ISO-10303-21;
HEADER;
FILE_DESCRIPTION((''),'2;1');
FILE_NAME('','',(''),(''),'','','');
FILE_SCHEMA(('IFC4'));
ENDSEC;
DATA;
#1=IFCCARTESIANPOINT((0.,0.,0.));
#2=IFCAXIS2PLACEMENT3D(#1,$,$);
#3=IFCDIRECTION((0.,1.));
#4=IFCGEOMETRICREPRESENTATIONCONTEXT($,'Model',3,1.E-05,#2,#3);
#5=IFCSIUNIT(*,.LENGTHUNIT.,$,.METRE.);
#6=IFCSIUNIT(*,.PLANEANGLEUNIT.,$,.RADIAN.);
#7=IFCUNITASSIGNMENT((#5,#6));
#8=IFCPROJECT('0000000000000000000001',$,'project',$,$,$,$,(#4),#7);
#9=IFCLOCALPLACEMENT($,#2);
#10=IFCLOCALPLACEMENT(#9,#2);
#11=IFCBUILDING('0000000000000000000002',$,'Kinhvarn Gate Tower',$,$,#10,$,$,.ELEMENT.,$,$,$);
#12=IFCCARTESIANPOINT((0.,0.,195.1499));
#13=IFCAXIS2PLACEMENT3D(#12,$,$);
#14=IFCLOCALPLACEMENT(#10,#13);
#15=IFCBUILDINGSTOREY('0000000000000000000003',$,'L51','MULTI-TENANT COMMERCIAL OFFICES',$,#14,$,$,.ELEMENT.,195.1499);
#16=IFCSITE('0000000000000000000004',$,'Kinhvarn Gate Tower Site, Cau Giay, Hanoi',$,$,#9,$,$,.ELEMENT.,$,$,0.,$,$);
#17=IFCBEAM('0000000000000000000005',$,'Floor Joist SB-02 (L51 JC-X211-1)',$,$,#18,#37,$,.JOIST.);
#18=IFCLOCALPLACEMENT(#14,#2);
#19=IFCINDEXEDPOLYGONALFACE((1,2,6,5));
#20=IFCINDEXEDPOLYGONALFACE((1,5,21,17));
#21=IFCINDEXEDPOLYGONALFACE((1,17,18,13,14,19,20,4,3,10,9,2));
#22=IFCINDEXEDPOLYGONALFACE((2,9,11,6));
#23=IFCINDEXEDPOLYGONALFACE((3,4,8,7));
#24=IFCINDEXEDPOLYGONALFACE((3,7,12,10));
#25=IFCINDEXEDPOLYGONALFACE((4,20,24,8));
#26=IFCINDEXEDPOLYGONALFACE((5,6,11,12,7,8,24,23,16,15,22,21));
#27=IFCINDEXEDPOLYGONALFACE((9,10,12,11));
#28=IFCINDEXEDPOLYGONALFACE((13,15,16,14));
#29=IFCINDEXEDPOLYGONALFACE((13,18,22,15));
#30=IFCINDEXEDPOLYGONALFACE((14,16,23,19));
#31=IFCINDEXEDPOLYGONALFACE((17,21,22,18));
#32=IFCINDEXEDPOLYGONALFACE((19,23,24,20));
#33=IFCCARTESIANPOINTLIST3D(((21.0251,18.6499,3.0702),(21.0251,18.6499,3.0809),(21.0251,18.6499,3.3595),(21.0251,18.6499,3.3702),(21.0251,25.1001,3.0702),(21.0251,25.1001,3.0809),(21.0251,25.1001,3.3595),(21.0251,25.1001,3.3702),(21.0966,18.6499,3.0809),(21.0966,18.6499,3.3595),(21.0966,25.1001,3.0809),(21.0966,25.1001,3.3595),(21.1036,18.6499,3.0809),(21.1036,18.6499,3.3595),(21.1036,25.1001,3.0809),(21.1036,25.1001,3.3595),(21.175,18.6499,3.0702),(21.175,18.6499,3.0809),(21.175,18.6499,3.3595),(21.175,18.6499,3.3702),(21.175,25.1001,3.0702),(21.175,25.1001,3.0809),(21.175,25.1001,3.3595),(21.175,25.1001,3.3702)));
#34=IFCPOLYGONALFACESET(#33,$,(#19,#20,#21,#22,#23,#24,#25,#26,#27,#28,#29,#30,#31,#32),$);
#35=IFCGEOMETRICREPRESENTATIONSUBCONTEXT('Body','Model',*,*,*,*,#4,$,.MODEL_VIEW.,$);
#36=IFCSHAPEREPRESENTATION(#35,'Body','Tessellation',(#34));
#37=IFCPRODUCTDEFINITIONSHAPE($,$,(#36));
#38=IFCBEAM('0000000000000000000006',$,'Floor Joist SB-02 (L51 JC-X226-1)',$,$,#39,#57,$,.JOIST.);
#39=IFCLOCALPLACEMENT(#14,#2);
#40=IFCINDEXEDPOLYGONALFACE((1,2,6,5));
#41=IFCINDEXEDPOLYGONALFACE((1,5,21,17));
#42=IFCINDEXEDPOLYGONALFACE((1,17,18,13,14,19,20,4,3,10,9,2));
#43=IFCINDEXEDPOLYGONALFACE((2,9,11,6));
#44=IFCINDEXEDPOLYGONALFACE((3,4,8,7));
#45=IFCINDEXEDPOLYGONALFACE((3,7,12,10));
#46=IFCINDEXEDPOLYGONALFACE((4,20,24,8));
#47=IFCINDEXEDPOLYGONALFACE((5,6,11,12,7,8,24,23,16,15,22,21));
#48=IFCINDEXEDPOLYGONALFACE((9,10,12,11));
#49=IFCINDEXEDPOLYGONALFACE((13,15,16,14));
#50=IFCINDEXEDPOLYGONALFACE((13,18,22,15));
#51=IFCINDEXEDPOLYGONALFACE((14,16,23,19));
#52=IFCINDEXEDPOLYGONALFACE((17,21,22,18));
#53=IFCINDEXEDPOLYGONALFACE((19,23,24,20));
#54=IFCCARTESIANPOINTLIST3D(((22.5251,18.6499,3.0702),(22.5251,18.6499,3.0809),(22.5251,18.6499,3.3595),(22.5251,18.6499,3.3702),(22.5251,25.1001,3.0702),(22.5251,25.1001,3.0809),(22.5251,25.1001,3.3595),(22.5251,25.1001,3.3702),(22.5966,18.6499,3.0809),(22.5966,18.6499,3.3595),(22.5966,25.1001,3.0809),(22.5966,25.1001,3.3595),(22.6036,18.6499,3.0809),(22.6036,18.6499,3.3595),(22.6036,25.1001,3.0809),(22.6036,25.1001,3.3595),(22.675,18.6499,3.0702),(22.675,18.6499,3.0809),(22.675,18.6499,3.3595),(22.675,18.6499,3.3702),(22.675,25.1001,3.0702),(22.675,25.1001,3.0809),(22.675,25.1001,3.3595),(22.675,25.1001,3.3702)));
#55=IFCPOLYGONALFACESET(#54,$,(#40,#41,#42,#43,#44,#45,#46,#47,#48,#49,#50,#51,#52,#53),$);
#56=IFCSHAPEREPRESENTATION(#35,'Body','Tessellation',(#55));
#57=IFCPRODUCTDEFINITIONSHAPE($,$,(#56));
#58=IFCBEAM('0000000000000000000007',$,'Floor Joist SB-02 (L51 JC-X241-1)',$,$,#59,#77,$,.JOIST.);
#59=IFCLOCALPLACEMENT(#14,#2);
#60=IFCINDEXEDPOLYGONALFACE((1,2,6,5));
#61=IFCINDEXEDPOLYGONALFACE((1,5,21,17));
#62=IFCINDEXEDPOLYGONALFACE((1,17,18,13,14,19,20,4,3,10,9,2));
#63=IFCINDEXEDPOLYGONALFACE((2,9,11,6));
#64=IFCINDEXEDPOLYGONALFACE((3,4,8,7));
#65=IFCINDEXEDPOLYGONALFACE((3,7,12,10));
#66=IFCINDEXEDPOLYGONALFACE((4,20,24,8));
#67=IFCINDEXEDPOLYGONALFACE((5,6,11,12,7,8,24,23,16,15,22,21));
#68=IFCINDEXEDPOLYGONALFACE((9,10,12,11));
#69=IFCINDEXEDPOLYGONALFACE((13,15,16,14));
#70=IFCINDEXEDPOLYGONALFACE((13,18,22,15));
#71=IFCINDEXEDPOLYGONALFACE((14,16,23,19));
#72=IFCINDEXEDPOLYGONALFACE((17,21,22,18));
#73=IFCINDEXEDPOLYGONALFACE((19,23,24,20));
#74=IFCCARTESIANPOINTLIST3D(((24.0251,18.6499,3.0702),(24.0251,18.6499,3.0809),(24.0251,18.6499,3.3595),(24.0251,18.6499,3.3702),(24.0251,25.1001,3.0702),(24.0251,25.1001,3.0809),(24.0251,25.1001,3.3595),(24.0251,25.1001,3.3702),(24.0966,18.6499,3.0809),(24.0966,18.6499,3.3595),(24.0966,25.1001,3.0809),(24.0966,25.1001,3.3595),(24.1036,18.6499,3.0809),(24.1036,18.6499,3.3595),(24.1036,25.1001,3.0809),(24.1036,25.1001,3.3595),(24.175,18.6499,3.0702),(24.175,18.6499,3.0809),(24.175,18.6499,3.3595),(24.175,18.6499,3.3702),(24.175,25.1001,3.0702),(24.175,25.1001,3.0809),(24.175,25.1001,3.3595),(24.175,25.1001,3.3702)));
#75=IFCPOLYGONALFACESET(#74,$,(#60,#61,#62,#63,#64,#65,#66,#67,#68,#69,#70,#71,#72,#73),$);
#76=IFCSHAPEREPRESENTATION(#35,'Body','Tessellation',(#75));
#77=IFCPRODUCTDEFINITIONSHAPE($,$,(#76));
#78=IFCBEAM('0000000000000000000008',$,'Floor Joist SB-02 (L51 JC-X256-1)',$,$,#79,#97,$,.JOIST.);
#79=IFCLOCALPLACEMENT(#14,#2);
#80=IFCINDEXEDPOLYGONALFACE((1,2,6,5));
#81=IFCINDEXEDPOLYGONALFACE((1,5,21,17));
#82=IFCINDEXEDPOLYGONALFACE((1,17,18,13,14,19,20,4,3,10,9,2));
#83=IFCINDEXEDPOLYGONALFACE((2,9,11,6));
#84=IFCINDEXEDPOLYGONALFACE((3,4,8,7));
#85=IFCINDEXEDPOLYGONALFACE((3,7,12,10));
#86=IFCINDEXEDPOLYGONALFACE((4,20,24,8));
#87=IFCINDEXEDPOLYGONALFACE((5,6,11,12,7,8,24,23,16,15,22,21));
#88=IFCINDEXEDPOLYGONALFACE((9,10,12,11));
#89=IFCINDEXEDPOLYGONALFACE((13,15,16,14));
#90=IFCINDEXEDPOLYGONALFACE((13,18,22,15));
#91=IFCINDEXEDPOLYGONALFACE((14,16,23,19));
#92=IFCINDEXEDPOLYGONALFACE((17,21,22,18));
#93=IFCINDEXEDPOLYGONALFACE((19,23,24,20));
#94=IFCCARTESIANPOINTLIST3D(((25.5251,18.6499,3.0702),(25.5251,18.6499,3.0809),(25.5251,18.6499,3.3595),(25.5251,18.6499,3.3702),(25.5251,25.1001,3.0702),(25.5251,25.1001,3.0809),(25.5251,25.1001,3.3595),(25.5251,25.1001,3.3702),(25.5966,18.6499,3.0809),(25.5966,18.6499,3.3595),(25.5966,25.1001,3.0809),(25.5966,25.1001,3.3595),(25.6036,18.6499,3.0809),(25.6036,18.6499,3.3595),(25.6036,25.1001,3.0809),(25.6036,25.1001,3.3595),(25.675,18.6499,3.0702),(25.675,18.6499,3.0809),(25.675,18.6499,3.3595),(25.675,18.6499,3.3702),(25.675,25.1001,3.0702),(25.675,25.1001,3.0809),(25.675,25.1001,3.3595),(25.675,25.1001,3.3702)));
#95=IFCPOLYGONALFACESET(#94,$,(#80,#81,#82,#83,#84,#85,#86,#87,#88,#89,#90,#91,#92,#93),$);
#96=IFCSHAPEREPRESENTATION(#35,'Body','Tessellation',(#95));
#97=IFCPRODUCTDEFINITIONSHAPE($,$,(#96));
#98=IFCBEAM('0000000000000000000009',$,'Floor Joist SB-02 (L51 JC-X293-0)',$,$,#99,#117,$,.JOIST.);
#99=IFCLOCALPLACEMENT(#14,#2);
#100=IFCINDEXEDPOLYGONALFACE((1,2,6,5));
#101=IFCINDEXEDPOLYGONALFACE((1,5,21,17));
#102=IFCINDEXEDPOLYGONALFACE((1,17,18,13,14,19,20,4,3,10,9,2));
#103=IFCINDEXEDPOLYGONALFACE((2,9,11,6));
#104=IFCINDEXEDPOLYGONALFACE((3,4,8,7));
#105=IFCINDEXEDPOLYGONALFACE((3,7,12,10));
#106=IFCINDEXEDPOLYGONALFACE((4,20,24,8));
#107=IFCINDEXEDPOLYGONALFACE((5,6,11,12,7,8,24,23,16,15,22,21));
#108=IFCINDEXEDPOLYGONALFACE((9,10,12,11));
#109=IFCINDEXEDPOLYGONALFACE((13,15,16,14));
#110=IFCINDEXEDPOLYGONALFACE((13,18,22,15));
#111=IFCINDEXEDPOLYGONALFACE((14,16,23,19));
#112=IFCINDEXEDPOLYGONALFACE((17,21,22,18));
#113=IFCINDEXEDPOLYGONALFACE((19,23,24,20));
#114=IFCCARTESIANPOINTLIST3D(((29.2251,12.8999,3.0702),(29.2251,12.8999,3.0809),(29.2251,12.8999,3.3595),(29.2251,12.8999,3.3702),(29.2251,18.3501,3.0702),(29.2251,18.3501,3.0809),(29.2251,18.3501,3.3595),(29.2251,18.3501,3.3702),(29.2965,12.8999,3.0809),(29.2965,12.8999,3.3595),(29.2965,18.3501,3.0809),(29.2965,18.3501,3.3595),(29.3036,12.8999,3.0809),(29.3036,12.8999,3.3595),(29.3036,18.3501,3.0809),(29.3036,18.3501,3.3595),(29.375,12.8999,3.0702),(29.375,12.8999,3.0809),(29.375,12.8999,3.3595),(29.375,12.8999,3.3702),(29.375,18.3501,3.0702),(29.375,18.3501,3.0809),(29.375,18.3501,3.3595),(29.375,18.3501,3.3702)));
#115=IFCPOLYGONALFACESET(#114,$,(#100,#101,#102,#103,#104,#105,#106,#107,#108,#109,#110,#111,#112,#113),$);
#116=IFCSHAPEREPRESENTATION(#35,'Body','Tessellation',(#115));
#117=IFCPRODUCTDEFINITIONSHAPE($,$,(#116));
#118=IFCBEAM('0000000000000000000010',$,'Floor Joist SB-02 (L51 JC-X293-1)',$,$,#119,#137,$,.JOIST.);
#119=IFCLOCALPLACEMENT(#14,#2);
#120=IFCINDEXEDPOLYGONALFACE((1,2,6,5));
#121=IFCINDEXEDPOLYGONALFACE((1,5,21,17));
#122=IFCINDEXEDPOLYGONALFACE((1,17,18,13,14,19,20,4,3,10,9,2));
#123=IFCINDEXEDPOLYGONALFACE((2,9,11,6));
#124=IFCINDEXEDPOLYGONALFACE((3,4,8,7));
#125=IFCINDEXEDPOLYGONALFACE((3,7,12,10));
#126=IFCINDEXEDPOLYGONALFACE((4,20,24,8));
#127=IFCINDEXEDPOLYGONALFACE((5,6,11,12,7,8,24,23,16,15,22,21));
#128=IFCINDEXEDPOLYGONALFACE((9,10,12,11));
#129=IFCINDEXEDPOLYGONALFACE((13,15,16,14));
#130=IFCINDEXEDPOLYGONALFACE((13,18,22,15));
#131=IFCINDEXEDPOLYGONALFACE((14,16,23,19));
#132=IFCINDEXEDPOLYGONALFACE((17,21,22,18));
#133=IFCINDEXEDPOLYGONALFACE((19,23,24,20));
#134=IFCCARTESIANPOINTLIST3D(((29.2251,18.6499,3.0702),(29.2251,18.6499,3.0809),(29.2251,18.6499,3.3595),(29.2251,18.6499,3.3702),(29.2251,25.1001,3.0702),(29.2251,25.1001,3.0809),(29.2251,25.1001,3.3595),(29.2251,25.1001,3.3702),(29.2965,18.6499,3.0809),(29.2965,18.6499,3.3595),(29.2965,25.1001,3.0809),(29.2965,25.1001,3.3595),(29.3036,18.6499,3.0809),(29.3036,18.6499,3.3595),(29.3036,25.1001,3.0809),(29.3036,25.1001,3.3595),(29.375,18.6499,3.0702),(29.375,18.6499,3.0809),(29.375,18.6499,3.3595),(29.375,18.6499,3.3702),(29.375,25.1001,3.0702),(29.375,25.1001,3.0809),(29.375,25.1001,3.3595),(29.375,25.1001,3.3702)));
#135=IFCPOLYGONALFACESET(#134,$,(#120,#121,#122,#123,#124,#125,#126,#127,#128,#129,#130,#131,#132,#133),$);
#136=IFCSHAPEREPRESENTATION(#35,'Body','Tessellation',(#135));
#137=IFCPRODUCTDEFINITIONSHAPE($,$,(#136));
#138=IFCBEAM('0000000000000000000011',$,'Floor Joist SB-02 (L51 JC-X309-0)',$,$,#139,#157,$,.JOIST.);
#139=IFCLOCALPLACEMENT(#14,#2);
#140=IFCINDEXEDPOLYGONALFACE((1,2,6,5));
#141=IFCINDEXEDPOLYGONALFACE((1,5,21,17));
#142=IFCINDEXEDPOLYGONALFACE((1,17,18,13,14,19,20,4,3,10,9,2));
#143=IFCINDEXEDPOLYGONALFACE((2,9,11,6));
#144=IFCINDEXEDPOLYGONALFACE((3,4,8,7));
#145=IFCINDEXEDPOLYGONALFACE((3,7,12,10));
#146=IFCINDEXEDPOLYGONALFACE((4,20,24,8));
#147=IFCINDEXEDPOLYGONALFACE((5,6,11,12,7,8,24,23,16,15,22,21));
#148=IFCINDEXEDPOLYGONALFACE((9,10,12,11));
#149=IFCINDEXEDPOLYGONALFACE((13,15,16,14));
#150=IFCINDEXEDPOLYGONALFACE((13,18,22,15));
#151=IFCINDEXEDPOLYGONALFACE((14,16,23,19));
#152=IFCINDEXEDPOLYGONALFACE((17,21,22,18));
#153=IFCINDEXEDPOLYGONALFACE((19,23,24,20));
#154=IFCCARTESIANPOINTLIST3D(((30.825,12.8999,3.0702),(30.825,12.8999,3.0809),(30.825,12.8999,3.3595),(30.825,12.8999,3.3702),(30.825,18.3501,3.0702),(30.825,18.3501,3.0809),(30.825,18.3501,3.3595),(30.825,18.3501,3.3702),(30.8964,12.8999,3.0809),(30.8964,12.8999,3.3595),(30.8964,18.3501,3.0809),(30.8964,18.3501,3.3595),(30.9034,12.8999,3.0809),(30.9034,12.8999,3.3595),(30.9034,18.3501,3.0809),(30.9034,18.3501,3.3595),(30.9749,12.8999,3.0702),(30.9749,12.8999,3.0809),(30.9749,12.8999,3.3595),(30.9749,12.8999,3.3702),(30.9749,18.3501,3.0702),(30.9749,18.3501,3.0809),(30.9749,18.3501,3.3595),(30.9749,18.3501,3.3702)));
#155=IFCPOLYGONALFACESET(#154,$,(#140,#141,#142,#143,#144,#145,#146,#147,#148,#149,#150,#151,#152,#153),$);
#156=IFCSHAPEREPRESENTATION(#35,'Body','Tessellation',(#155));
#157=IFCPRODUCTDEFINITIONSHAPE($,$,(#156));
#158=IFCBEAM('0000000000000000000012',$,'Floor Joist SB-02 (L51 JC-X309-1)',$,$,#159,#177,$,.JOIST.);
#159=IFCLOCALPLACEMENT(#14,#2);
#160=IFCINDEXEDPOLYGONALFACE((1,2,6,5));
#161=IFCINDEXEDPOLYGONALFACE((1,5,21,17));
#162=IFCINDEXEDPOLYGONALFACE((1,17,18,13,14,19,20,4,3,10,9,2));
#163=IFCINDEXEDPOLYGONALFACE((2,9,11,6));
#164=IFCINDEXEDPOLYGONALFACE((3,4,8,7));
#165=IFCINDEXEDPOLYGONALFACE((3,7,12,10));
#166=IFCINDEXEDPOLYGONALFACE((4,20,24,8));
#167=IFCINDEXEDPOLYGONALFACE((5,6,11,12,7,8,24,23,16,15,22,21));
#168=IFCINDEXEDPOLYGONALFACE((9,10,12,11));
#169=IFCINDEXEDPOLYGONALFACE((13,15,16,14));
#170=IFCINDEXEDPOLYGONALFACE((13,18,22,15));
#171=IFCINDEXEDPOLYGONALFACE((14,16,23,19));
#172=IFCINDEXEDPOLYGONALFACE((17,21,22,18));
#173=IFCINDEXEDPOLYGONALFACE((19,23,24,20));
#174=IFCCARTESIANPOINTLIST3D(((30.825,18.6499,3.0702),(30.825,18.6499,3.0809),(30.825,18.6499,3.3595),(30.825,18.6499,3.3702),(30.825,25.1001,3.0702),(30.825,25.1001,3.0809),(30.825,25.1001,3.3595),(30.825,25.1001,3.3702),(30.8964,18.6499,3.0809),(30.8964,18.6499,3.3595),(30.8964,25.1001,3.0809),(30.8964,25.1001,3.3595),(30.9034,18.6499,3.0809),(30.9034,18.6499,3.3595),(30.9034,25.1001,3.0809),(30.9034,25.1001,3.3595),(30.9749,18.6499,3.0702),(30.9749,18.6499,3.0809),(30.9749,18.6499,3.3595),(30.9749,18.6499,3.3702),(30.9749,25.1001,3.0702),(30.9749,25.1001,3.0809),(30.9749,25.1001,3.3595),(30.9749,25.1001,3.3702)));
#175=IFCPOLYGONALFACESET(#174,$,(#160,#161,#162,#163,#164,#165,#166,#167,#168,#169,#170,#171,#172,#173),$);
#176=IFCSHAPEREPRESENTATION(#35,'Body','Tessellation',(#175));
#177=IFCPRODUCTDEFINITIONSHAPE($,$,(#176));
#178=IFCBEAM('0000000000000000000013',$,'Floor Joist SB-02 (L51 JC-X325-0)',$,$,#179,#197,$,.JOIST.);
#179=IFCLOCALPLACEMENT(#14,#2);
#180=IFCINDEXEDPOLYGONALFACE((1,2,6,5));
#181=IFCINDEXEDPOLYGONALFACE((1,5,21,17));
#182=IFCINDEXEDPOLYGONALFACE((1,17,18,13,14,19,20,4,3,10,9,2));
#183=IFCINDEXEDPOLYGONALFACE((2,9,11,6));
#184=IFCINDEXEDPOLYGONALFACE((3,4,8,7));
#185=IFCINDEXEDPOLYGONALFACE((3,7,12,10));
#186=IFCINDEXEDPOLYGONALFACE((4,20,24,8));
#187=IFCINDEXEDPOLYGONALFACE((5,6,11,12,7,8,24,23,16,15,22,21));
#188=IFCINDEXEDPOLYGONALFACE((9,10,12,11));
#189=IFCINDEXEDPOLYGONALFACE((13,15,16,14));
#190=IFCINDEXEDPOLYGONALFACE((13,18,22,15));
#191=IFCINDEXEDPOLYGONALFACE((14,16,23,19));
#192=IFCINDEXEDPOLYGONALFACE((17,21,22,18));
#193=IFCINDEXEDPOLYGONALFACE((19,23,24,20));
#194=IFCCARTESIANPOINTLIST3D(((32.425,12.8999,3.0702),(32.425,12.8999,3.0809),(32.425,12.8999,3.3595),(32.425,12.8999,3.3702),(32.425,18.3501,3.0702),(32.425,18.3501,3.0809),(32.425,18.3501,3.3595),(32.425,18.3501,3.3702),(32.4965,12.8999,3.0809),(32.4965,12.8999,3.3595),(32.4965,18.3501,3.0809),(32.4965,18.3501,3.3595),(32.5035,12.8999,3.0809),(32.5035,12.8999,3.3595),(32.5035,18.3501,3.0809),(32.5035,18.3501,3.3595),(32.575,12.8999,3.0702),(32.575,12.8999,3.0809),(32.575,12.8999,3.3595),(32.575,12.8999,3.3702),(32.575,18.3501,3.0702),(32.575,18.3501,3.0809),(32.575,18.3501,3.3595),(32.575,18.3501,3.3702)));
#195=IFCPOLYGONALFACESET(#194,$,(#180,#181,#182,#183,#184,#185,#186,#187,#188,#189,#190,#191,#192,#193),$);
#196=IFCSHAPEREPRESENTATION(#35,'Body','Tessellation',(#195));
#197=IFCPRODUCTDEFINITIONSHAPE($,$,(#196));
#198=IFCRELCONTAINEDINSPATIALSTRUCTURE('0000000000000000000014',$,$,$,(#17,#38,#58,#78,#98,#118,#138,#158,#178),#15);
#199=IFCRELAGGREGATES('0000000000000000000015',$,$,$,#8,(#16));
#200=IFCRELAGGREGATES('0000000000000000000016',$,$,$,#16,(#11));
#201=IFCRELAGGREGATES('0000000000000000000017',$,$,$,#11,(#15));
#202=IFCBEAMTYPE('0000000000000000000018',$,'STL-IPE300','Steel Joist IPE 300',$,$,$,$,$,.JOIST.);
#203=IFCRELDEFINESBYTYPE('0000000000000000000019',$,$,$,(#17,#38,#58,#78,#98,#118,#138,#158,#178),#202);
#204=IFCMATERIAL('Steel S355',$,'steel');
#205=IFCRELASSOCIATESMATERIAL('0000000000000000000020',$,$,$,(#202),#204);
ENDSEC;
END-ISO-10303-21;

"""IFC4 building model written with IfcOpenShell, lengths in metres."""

from ifc_helpers import new_model, si_unit, direction, frame, origin, origin_2d, place, context, subcontext, project, spatial, i_section, extrude, material, material_profile, profile_set, type_object, element, save


model = new_model("IFC4")

# Units and contexts
model_context = context("Model", 3, precision=1e-05, world=origin(), true_north=direction((0.0, 1.0)))
body_context = subcontext(model_context, "Body", "Model", "MODEL_VIEW")
ifc_project = project(units=[si_unit("LENGTHUNIT", "METRE"), si_unit("PLANEANGLEUNIT", "RADIAN")], contexts=[model_context])

# Site, building, storey
site_placement = place(None, origin())
site = spatial("IfcSite", under=ifc_project, at=site_placement, Name="Kinhvarn Gate Tower Site, Cau Giay, Hanoi", CompositionType="ELEMENT", RefElevation=0.0)
building_placement = place(site_placement, origin())
building = spatial("IfcBuilding", under=site, at=building_placement, Name="Kinhvarn Gate Tower", CompositionType="ELEMENT")
storey_placement = place(building_placement, frame((0.0, 0.0, 195.1499)))
storey = spatial("IfcBuildingStorey", under=building, at=storey_placement, Name="L51", Description="MULTI-TENANT COMMERCIAL OFFICES", CompositionType="ELEMENT", Elevation=195.1499)

# Beams
ifc_material_1 = material(Name="Steel S355", Category="steel")
ifc_material_profile = material_profile(ifc_material_1, i_section(OverallWidth=0.1499, OverallDepth=0.3, WebThickness=0.0071, FlangeThickness=0.0107, at=origin_2d()), Name="IPE 300")
ifc_profile_set = profile_set([ifc_material_profile], Name="Steel S355")
beam_type = type_object("IfcBeamType", Name="STL-IPE300", Description="Steel Joist IPE 300", PredefinedType="JOIST", material=ifc_profile_set)
for number, where, z_axis, x_axis, name in (
    (1, (21.1001, 18.6499, 3.2202), (0.0, 1.0, 0.0), (-1.0, 0.0, 0.0), "Floor Joist SB-02 (L51 JC-X211-1)"),
    (2, (22.6001, 18.6499, 3.2202), (0.0, 1.0, 0.0), (-1.0, 0.0, 0.0), "Floor Joist SB-02 (L51 JC-X226-1)"),
    (3, (24.1001, 18.6499, 3.2202), (0.0, 1.0, 0.0), (-1.0, 0.0, 0.0), "Floor Joist SB-02 (L51 JC-X241-1)"),
    (4, (25.6001, 18.6499, 3.2202), (0.0, 1.0, 0.0), (-1.0, 0.0, 0.0), "Floor Joist SB-02 (L51 JC-X256-1)"),
):
    element("IfcBeam", number, at=place(storey_placement, frame(where, z_axis=z_axis, x_axis=x_axis)), inside=storey, type_object=beam_type, Name=name, PredefinedType="JOIST", context=body_context, shape_type="SweptSolid", body=[
        extrude(i_section(OverallWidth=0.1499, OverallDepth=0.3, WebThickness=0.0071, FlangeThickness=0.0107, at=origin_2d()), origin(), (0.0, 0.0, 1.0), 6.4502),
    ])
beam_1_placement = place(storey_placement, frame((29.3, 12.8999, 3.2202), z_axis=(0.0, 1.0, 0.0), x_axis=(-1.0, 0.0, 0.0)))
element("IfcBeam", 5, at=beam_1_placement, inside=storey, type_object=beam_type, Name="Floor Joist SB-02 (L51 JC-X293-0)", PredefinedType="JOIST", context=body_context, shape_type="SweptSolid", body=[
    extrude(i_section(OverallWidth=0.1499, OverallDepth=0.3, WebThickness=0.0071, FlangeThickness=0.0107, at=origin_2d()), origin(), (0.0, 0.0, 1.0), 5.4502),
])
beam_2_placement = place(storey_placement, frame((29.3, 18.6499, 3.2202), z_axis=(0.0, 1.0, 0.0), x_axis=(-1.0, 0.0, 0.0)))
element("IfcBeam", 6, at=beam_2_placement, inside=storey, type_object=beam_type, Name="Floor Joist SB-02 (L51 JC-X293-1)", PredefinedType="JOIST", context=body_context, shape_type="SweptSolid", body=[
    extrude(i_section(OverallWidth=0.1499, OverallDepth=0.3, WebThickness=0.0071, FlangeThickness=0.0107, at=origin_2d()), origin(), (0.0, 0.0, 1.0), 6.4502),
])
beam_3_placement = place(storey_placement, frame((30.8999, 12.8999, 3.2202), z_axis=(0.0, 1.0, 0.0), x_axis=(-1.0, 0.0, 0.0)))
element("IfcBeam", 7, at=beam_3_placement, inside=storey, type_object=beam_type, Name="Floor Joist SB-02 (L51 JC-X309-0)", PredefinedType="JOIST", context=body_context, shape_type="SweptSolid", body=[
    extrude(i_section(OverallWidth=0.1499, OverallDepth=0.3, WebThickness=0.0071, FlangeThickness=0.0107, at=origin_2d()), origin(), (0.0, 0.0, 1.0), 5.4502),
])
beam_4_placement = place(storey_placement, frame((30.8999, 18.6499, 3.2202), z_axis=(0.0, 1.0, 0.0), x_axis=(-1.0, 0.0, 0.0)))
element("IfcBeam", 8, at=beam_4_placement, inside=storey, type_object=beam_type, Name="Floor Joist SB-02 (L51 JC-X309-1)", PredefinedType="JOIST", context=body_context, shape_type="SweptSolid", body=[
    extrude(i_section(OverallWidth=0.1499, OverallDepth=0.3, WebThickness=0.0071, FlangeThickness=0.0107, at=origin_2d()), origin(), (0.0, 0.0, 1.0), 6.4502),
])
beam_5_placement = place(storey_placement, frame((32.5, 12.8999, 3.2202), z_axis=(0.0, 1.0, 0.0), x_axis=(-1.0, 0.0, 0.0)))
element("IfcBeam", 9, at=beam_5_placement, inside=storey, type_object=beam_type, Name="Floor Joist SB-02 (L51 JC-X325-0)", PredefinedType="JOIST", context=body_context, shape_type="SweptSolid", body=[
    extrude(i_section(OverallWidth=0.1499, OverallDepth=0.3, WebThickness=0.0071, FlangeThickness=0.0107, at=origin_2d()), origin(), (0.0, 0.0, 1.0), 5.4502),
])

save(model, "model.ifc")
